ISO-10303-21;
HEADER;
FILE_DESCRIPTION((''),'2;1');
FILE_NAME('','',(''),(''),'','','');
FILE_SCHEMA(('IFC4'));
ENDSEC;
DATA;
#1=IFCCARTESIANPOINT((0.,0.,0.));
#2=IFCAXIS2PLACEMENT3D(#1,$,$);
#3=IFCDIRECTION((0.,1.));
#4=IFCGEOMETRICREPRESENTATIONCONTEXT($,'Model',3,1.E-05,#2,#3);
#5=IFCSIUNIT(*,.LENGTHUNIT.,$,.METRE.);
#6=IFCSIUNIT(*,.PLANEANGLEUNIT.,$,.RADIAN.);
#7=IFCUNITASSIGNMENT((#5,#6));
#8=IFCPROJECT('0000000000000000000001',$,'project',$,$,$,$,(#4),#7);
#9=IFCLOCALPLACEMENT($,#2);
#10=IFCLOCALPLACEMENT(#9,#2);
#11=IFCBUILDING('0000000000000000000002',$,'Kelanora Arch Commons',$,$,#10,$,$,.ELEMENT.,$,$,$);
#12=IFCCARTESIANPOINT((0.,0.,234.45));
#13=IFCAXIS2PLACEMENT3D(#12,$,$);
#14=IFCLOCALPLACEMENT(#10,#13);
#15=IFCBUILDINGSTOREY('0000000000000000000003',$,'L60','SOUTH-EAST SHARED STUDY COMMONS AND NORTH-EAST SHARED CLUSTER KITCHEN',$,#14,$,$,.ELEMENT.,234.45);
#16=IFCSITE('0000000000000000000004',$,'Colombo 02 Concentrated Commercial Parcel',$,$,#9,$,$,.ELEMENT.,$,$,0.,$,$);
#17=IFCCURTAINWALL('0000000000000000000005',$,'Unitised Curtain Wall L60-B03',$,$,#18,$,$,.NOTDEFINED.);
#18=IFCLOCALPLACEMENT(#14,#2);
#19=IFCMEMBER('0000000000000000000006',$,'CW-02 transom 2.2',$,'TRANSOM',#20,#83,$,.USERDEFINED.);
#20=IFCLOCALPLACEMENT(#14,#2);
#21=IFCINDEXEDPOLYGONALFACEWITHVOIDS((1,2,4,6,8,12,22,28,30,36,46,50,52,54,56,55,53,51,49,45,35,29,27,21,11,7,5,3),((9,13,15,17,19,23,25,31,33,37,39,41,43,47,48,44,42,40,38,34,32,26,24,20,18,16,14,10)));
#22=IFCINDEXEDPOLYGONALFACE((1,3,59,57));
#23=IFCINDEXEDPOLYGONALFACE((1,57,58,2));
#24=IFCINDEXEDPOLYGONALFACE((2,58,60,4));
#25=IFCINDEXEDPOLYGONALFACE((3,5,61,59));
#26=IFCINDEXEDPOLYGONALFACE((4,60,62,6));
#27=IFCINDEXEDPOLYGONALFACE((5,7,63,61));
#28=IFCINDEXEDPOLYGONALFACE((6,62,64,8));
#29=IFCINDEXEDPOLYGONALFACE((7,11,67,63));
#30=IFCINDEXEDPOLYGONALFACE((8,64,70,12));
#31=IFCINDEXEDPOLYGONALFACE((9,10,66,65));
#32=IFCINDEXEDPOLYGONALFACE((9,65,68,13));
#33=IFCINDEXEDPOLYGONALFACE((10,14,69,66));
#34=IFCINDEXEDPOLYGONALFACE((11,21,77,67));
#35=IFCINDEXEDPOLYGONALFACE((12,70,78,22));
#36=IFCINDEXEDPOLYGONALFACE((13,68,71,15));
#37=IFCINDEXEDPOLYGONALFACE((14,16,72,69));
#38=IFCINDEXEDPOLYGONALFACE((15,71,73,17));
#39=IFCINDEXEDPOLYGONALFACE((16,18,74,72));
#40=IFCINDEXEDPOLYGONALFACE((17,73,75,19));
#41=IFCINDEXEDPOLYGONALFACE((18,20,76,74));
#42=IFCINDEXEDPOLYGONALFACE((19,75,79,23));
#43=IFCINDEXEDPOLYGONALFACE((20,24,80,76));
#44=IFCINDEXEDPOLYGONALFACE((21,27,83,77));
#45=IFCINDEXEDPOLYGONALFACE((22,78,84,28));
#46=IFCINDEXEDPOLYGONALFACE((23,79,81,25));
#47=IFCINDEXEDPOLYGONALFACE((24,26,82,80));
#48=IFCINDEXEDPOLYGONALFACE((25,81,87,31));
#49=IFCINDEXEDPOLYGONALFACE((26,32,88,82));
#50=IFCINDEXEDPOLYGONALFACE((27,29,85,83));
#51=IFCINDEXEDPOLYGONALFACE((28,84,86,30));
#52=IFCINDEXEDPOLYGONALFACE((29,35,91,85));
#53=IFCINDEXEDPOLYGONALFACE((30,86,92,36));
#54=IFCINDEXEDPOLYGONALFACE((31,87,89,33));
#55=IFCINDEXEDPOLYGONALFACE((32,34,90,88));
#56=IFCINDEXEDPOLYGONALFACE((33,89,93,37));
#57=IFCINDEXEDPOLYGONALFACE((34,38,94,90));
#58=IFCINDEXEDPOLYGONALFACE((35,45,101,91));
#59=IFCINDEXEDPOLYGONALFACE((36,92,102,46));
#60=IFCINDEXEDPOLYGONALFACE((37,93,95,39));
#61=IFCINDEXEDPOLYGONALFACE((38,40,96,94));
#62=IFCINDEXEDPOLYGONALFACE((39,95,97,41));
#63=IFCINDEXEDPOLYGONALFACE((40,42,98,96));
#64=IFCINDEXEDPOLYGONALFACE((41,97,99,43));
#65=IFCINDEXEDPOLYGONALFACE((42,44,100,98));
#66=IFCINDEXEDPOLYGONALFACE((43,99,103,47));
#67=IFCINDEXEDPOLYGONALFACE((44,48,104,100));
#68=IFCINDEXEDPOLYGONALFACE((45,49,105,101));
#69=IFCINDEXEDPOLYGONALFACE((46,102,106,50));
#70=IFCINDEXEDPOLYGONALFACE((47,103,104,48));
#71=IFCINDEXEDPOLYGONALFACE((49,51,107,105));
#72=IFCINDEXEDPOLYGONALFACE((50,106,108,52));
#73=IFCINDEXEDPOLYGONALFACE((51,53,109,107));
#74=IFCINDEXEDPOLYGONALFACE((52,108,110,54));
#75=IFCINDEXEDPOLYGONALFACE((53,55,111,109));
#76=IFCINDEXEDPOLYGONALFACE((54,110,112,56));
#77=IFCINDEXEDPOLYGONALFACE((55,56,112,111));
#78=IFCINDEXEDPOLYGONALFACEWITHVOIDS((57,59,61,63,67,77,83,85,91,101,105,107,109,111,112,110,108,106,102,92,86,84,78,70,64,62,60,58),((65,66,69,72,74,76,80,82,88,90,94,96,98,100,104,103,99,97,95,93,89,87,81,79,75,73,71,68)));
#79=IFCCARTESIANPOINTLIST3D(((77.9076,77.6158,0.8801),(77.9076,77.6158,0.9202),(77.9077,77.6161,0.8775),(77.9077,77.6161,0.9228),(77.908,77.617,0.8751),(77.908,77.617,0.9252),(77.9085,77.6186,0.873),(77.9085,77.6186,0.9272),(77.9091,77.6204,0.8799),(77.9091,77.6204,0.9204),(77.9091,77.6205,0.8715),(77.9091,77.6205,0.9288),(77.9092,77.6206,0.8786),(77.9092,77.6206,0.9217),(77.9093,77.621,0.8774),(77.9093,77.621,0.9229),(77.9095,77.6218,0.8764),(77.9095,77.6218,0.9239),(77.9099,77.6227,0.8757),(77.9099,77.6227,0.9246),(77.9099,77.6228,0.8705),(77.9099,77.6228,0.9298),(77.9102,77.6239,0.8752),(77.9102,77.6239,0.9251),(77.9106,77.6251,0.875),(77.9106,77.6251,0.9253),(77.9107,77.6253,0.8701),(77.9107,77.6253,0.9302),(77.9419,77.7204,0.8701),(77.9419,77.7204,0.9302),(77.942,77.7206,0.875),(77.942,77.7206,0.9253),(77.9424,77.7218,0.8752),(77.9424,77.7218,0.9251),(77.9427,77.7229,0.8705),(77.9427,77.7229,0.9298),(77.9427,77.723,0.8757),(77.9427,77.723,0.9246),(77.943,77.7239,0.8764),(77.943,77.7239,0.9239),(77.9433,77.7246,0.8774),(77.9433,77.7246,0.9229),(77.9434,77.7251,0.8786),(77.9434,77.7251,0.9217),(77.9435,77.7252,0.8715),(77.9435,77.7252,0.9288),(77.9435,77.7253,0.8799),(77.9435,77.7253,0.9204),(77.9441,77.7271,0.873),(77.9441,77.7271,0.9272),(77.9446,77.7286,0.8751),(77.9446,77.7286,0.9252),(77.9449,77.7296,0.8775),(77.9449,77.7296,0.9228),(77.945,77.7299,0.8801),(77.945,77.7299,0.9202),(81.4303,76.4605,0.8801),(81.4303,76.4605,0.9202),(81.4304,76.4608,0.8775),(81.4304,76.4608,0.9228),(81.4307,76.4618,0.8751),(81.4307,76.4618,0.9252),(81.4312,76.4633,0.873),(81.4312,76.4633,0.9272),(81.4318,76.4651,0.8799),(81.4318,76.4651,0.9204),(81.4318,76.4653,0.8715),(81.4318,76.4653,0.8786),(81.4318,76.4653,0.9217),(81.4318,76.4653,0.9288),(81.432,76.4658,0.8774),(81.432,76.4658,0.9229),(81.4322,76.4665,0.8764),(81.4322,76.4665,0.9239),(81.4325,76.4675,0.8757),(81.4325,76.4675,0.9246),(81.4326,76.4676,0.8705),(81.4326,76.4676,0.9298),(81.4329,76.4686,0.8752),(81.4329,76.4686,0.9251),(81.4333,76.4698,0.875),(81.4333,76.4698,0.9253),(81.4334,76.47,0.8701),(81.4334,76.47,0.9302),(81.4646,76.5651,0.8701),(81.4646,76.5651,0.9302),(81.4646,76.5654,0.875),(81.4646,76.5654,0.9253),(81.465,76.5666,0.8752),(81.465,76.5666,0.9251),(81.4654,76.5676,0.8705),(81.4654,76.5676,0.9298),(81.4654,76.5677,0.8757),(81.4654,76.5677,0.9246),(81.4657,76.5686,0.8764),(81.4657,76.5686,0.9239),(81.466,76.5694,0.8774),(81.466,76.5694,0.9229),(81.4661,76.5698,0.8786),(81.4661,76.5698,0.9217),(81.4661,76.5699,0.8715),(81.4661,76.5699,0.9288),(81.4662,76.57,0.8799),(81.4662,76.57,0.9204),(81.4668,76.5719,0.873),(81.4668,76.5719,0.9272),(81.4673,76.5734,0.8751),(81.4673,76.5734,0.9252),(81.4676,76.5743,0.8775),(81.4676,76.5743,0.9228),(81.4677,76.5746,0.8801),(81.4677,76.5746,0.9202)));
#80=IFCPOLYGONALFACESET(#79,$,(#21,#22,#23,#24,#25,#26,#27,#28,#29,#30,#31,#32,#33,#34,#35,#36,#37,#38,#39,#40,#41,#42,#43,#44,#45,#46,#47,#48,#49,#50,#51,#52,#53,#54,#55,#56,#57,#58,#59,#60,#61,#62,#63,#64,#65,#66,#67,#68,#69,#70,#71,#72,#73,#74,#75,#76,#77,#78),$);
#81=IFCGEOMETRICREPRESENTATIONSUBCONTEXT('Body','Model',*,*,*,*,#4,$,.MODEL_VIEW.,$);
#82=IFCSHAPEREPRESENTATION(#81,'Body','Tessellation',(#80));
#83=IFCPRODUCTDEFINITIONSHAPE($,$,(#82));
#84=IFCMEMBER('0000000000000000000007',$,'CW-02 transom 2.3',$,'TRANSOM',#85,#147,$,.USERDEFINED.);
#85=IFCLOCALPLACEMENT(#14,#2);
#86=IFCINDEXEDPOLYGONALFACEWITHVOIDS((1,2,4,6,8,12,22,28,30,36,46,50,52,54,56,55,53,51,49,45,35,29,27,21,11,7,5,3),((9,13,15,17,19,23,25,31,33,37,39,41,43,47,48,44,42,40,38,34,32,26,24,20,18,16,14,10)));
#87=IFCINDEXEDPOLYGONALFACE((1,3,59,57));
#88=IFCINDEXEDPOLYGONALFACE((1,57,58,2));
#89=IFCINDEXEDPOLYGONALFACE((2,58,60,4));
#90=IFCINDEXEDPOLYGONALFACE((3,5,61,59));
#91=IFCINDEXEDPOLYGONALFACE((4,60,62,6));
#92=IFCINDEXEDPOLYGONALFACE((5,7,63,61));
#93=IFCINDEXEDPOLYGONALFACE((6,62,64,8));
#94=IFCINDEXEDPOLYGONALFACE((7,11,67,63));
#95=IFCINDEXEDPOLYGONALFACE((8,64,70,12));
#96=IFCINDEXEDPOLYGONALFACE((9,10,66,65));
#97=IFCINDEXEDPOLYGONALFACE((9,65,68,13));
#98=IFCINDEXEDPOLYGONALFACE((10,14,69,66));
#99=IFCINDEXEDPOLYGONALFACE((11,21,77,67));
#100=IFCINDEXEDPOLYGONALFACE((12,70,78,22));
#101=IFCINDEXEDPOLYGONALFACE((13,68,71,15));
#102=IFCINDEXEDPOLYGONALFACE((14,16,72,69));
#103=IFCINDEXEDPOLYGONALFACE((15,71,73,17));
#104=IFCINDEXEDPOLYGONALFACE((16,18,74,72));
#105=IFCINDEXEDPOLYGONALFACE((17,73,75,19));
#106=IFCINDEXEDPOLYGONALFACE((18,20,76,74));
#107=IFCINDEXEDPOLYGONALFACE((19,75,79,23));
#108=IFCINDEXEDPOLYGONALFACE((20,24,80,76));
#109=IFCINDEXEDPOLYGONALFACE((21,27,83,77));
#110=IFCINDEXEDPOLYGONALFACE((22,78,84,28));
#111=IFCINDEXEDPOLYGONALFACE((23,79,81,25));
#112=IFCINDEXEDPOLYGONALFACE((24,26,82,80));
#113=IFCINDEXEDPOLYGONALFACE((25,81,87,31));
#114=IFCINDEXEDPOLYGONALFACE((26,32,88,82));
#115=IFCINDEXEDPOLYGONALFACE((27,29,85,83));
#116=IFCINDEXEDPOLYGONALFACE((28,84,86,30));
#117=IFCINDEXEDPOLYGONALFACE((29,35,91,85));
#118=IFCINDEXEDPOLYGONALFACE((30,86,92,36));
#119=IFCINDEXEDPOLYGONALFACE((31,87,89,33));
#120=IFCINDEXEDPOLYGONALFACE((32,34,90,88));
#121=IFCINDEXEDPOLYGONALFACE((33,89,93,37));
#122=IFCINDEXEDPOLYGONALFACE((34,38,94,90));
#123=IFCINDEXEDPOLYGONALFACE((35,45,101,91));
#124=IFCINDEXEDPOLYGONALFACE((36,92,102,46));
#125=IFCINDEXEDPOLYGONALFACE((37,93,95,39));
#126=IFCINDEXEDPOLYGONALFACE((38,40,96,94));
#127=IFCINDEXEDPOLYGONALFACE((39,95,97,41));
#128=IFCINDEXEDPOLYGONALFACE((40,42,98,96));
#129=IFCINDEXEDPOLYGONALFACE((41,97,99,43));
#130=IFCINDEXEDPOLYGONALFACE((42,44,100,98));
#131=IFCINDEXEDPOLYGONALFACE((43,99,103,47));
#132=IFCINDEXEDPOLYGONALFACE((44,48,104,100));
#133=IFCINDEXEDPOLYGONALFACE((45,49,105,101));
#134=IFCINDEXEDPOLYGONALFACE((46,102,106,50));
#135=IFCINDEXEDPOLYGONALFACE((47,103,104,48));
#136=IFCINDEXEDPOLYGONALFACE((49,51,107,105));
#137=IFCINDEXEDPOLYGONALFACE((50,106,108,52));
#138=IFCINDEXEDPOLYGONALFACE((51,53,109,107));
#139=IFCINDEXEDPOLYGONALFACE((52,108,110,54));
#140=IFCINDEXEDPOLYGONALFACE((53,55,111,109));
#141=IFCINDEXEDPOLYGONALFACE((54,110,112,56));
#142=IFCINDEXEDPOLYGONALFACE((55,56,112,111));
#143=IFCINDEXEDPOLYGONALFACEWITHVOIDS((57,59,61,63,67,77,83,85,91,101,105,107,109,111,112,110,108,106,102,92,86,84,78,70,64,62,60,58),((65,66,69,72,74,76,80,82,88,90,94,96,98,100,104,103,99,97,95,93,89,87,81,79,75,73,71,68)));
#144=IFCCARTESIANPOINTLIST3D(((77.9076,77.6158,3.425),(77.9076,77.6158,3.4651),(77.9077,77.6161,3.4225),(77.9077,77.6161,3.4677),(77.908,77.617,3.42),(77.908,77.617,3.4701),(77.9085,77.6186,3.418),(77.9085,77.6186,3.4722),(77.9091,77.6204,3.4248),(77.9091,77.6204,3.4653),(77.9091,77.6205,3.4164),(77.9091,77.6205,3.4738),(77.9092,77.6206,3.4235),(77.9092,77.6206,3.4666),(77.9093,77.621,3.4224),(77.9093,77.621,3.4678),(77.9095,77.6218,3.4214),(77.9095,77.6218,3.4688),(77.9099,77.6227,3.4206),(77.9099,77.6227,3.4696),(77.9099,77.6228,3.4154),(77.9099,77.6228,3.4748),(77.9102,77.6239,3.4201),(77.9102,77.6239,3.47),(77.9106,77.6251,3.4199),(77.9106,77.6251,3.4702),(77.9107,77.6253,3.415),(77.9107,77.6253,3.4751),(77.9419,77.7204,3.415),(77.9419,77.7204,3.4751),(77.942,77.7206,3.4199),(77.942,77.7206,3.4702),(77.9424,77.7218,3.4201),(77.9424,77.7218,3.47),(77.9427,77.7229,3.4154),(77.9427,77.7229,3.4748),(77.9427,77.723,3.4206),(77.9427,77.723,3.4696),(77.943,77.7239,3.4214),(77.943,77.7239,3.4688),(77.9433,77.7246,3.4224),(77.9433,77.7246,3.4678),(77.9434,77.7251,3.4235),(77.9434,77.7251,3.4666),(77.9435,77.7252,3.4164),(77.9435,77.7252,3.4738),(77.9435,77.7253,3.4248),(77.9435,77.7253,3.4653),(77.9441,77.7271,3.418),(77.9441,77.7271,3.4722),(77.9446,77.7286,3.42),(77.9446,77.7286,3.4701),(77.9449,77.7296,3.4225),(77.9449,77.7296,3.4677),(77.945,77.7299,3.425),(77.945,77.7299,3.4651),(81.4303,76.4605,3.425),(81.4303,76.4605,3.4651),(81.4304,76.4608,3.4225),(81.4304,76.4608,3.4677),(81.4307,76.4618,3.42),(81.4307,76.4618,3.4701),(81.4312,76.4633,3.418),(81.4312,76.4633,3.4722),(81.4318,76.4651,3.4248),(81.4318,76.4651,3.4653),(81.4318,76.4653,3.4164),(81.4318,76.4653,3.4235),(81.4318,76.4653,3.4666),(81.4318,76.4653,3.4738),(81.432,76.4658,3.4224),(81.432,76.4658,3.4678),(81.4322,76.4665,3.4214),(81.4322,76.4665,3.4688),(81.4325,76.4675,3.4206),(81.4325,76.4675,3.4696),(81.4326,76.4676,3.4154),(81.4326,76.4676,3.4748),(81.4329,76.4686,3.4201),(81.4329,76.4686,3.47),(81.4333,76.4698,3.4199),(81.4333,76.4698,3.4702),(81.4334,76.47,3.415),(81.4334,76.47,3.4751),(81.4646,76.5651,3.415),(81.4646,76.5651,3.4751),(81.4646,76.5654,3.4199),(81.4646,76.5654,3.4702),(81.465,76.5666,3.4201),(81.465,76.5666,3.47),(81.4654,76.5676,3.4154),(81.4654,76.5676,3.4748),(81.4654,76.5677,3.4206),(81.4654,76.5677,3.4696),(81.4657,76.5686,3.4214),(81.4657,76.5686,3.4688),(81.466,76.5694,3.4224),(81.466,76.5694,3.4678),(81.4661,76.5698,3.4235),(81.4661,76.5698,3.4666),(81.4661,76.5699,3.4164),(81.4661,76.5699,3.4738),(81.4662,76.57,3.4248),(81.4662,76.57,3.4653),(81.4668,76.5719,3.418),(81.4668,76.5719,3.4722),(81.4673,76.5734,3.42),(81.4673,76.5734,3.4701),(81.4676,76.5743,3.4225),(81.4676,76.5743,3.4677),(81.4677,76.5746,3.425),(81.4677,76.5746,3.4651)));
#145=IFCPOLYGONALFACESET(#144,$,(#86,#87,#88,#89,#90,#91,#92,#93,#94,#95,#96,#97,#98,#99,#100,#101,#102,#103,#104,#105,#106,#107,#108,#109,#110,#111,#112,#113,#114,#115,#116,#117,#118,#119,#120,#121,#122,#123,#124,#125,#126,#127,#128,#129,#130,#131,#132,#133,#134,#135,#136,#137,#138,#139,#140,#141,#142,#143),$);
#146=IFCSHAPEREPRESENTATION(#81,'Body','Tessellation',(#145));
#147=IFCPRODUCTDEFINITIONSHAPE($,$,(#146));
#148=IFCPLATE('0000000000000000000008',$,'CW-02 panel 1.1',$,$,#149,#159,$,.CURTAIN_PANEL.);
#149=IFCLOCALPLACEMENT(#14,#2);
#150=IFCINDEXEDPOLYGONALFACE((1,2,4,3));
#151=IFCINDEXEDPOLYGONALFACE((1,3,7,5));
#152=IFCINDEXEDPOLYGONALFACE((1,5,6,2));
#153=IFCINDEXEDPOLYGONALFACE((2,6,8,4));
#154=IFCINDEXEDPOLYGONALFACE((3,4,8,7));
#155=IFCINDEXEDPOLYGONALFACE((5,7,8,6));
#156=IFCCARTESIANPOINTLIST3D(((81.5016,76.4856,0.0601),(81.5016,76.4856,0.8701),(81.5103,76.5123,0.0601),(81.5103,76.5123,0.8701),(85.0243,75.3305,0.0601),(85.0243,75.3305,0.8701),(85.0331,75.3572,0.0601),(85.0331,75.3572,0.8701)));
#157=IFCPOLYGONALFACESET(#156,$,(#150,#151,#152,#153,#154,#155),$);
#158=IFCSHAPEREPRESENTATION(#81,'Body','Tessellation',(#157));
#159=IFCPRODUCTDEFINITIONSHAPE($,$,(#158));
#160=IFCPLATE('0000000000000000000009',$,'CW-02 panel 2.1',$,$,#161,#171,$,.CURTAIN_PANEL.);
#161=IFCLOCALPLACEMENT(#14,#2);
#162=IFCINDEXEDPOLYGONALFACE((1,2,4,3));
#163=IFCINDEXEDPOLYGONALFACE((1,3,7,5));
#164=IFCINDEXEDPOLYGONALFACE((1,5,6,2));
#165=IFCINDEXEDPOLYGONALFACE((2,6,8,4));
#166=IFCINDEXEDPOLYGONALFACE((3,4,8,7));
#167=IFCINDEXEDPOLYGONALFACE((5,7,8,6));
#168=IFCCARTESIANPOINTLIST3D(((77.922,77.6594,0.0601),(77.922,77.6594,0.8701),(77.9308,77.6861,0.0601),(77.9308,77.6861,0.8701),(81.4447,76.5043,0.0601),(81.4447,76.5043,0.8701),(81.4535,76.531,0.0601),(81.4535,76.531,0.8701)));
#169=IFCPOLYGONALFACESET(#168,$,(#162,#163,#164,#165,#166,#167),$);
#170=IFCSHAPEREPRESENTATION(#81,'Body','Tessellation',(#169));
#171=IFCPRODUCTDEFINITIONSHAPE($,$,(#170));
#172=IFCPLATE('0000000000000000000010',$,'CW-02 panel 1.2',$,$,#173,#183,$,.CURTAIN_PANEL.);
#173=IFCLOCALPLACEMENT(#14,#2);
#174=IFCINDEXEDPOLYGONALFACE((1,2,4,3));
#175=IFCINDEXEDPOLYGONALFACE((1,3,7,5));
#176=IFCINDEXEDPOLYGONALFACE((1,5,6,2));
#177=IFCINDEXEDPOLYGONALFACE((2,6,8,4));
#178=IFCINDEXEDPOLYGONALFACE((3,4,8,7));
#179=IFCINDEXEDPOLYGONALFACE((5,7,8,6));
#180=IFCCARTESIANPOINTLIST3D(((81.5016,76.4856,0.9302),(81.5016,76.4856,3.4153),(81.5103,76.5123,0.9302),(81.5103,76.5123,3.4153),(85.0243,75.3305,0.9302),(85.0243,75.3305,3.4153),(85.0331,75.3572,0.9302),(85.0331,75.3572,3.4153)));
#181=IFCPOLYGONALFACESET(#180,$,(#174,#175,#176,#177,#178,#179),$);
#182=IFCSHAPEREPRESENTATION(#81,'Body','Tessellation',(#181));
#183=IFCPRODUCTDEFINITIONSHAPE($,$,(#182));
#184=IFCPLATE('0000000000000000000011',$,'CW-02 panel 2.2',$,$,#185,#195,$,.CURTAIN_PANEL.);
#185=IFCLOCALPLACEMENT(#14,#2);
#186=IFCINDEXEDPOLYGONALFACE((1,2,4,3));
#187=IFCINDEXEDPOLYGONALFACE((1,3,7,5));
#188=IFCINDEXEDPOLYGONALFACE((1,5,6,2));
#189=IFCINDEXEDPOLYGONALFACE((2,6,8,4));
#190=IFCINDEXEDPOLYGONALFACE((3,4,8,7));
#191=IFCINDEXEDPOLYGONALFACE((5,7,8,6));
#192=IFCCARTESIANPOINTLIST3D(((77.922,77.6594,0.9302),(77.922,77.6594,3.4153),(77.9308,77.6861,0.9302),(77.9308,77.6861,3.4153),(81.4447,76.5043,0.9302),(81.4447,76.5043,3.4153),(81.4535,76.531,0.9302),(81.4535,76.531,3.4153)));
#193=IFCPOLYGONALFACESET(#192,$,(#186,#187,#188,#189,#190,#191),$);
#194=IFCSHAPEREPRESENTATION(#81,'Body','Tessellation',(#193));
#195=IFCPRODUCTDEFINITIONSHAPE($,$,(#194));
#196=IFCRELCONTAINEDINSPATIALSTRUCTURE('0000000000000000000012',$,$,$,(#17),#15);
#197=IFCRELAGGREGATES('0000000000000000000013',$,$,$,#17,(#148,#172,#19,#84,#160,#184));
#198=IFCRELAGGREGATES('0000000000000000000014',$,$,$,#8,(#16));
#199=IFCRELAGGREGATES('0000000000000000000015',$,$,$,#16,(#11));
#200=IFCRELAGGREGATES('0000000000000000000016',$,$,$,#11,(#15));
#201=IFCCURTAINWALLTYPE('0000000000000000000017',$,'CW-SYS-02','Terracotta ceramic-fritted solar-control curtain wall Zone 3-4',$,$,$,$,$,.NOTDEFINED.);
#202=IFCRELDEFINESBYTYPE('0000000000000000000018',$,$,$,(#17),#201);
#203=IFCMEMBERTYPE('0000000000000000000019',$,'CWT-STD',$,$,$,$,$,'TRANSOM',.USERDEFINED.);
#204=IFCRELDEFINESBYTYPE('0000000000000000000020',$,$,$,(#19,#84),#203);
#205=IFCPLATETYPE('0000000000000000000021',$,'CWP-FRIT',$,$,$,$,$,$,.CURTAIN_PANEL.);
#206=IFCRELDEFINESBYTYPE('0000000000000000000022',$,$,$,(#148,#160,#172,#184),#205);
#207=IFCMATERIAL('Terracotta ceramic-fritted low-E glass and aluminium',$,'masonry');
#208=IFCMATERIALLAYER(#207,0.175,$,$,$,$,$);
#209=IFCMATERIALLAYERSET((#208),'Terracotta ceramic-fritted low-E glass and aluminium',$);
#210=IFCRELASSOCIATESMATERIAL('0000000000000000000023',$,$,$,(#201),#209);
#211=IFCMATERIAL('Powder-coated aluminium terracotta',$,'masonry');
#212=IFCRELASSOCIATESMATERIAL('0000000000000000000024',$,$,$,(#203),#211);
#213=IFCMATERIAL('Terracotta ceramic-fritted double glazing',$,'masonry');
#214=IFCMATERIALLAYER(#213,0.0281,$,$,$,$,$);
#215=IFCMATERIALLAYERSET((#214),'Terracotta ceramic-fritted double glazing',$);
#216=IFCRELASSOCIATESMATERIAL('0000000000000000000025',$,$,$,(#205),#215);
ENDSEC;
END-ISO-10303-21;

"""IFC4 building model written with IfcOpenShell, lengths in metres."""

from ifc_helpers import new_model, si_unit, direction, frame, origin, origin_2d, place, context, subcontext, project, spatial, rectangle, hollow_rectangle, extrude, source, transform, mapped, material, layer, layer_set, material_profile, profile_set, type_object, element, aggregate, save


model = new_model("IFC4")

# Units and contexts
model_context = context("Model", 3, precision=1e-05, world=origin(), true_north=direction((0.0, 1.0)))
body_context = subcontext(model_context, "Body", "Model", "MODEL_VIEW")
ifc_project = project(units=[si_unit("LENGTHUNIT", "METRE"), si_unit("PLANEANGLEUNIT", "RADIAN")], contexts=[model_context])

# Site, building, storey
site_placement = place(None, origin())
site = spatial("IfcSite", under=ifc_project, at=site_placement, Name="Colombo 02 Concentrated Commercial Parcel", CompositionType="ELEMENT", RefElevation=0.0)
building_placement = place(site_placement, origin())
building = spatial("IfcBuilding", under=site, at=building_placement, Name="Kelanora Arch Commons", CompositionType="ELEMENT")
storey_placement = place(building_placement, frame((0.0, 0.0, 234.45)))
storey = spatial("IfcBuildingStorey", under=building, at=storey_placement, Name="L60", Description="SOUTH-EAST SHARED STUDY COMMONS AND NORTH-EAST SHARED CLUSTER KITCHEN", CompositionType="ELEMENT", Elevation=234.45)

# Curtain wall, members, plates
ifc_material_1 = material(Name="Terracotta ceramic-fritted low-E glass and aluminium", Category="masonry")
ifc_layer_1 = layer(ifc_material_1, 0.175)
ifc_layer_set_1 = layer_set([ifc_layer_1], Name="Terracotta ceramic-fritted low-E glass and aluminium")
curtain_wall_type = type_object("IfcCurtainWallType", Name="CW-SYS-02", Description="Terracotta ceramic-fritted solar-control curtain wall Zone 3-4", PredefinedType="NOTDEFINED", material=ifc_layer_set_1)
curtain_wall_placement = place(storey_placement, origin())
curtain_wall = element("IfcCurtainWall", 1, at=curtain_wall_placement, inside=storey, type_object=curtain_wall_type, Name="Unitised Curtain Wall L60-B03", PredefinedType="NOTDEFINED")
ifc_material_2 = material(Name="Powder-coated aluminium terracotta", Category="masonry")
ifc_material_profile_1 = material_profile(ifc_material_2, hollow_rectangle(XDim=0.1201, YDim=0.0601, WallThickness=0.0049, InnerFilletRadius=0.0049, OuterFilletRadius=0.01, at=origin_2d()), Name="CWT120x60")
ifc_profile_set_1 = profile_set([ifc_material_profile_1], Name="Powder-coated aluminium terracotta")
member_type_1 = type_object("IfcMemberType", Name="CWT-STD", ElementType="TRANSOM", PredefinedType="USERDEFINED", material=ifc_profile_set_1)
member_1_placement = place(storey_placement, frame((81.449, 76.5176, 0.9001), z_axis=(-0.950207, 0.311621, 0.0), x_axis=(-0.311621, -0.950207, 0.0)))
member_1 = element("IfcMember", 2, at=member_1_placement, type_object=member_type_1, Name="CW-02 transom 2.2", ObjectType="TRANSOM", PredefinedType="USERDEFINED", context=body_context, shape_type="SweptSolid", body=[
    extrude(hollow_rectangle(XDim=0.1201, YDim=0.0601, WallThickness=0.0049, InnerFilletRadius=0.0049, OuterFilletRadius=0.01, at=origin_2d()), origin(), (0.0, 0.0, 1.0), 3.7073),
])
member_2_placement = place(storey_placement, frame((81.449, 76.5176, 3.4451), z_axis=(-0.950207, 0.311621, 0.0), x_axis=(-0.311621, -0.950207, 0.0)))
member_2 = element("IfcMember", 3, at=member_2_placement, type_object=member_type_1, Name="CW-02 transom 2.3", ObjectType="TRANSOM", PredefinedType="USERDEFINED", context=body_context, shape_type="SweptSolid", body=[
    extrude(hollow_rectangle(XDim=0.1201, YDim=0.0601, WallThickness=0.0049, InnerFilletRadius=0.0049, OuterFilletRadius=0.01, at=origin_2d()), origin(), (0.0, 0.0, 1.0), 3.7073),
])
ifc_material_3 = material(Name="Terracotta ceramic-fritted double glazing", Category="masonry")
ifc_layer_2 = layer(ifc_material_3, 0.0281)
ifc_layer_set_2 = layer_set([ifc_layer_2], Name="Terracotta ceramic-fritted double glazing")
plate_type = type_object("IfcPlateType", Name="CWP-FRIT", PredefinedType="CURTAIN_PANEL", material=ifc_layer_set_2)
shared_shape_1 = source(origin(), body_context, "Body", "SweptSolid", [
    extrude(rectangle(XDim=3.7073, YDim=0.0281, at=origin_2d()), origin(), (0.0, 0.0, 1.0), 0.8101),
])
plate_1_placement = place(storey_placement, frame((83.2673, 75.9214, 0.0601), z_axis=(0.0, 0.0, 1.0), x_axis=(-0.950219, 0.311582, 0.0)))
plate_1 = element("IfcPlate", 4, at=plate_1_placement, type_object=plate_type, Name="CW-02 panel 1.1", PredefinedType="CURTAIN_PANEL", context=body_context, shape_type="MappedRepresentation", body=[
    mapped(shared_shape_1, transform((0.0, 0.0, 0.0), scale=1.0)),
])
plate_2_placement = place(storey_placement, frame((79.6877, 77.0952, 0.0601), z_axis=(0.0, 0.0, 1.0), x_axis=(-0.950219, 0.311582, 0.0)))
plate_2 = element("IfcPlate", 5, at=plate_2_placement, type_object=plate_type, Name="CW-02 panel 2.1", PredefinedType="CURTAIN_PANEL", context=body_context, shape_type="MappedRepresentation", body=[
    mapped(shared_shape_1, transform((0.0, 0.0, 0.0), scale=1.0)),
])
shared_shape_2 = source(origin(), body_context, "Body", "SweptSolid", [
    extrude(rectangle(XDim=3.7073, YDim=0.0281, at=origin_2d()), origin(), (0.0, 0.0, 1.0), 2.4851),
])
plate_3_placement = place(storey_placement, frame((83.2673, 75.9214, 0.9302), z_axis=(0.0, 0.0, 1.0), x_axis=(-0.950219, 0.311582, 0.0)))
plate_3 = element("IfcPlate", 6, at=plate_3_placement, type_object=plate_type, Name="CW-02 panel 1.2", PredefinedType="CURTAIN_PANEL", context=body_context, shape_type="MappedRepresentation", body=[
    mapped(shared_shape_2, transform((0.0, 0.0, 0.0), scale=1.0)),
])
plate_4_placement = place(storey_placement, frame((79.6877, 77.0952, 0.9302), z_axis=(0.0, 0.0, 1.0), x_axis=(-0.950219, 0.311582, 0.0)))
plate_4 = element("IfcPlate", 7, at=plate_4_placement, type_object=plate_type, Name="CW-02 panel 2.2", PredefinedType="CURTAIN_PANEL", context=body_context, shape_type="MappedRepresentation", body=[
    mapped(shared_shape_2, transform((0.0, 0.0, 0.0), scale=1.0)),
])
aggregate(curtain_wall, [plate_1, plate_3, member_1, member_2, plate_2, plate_4])

save(model, "model.ifc")
